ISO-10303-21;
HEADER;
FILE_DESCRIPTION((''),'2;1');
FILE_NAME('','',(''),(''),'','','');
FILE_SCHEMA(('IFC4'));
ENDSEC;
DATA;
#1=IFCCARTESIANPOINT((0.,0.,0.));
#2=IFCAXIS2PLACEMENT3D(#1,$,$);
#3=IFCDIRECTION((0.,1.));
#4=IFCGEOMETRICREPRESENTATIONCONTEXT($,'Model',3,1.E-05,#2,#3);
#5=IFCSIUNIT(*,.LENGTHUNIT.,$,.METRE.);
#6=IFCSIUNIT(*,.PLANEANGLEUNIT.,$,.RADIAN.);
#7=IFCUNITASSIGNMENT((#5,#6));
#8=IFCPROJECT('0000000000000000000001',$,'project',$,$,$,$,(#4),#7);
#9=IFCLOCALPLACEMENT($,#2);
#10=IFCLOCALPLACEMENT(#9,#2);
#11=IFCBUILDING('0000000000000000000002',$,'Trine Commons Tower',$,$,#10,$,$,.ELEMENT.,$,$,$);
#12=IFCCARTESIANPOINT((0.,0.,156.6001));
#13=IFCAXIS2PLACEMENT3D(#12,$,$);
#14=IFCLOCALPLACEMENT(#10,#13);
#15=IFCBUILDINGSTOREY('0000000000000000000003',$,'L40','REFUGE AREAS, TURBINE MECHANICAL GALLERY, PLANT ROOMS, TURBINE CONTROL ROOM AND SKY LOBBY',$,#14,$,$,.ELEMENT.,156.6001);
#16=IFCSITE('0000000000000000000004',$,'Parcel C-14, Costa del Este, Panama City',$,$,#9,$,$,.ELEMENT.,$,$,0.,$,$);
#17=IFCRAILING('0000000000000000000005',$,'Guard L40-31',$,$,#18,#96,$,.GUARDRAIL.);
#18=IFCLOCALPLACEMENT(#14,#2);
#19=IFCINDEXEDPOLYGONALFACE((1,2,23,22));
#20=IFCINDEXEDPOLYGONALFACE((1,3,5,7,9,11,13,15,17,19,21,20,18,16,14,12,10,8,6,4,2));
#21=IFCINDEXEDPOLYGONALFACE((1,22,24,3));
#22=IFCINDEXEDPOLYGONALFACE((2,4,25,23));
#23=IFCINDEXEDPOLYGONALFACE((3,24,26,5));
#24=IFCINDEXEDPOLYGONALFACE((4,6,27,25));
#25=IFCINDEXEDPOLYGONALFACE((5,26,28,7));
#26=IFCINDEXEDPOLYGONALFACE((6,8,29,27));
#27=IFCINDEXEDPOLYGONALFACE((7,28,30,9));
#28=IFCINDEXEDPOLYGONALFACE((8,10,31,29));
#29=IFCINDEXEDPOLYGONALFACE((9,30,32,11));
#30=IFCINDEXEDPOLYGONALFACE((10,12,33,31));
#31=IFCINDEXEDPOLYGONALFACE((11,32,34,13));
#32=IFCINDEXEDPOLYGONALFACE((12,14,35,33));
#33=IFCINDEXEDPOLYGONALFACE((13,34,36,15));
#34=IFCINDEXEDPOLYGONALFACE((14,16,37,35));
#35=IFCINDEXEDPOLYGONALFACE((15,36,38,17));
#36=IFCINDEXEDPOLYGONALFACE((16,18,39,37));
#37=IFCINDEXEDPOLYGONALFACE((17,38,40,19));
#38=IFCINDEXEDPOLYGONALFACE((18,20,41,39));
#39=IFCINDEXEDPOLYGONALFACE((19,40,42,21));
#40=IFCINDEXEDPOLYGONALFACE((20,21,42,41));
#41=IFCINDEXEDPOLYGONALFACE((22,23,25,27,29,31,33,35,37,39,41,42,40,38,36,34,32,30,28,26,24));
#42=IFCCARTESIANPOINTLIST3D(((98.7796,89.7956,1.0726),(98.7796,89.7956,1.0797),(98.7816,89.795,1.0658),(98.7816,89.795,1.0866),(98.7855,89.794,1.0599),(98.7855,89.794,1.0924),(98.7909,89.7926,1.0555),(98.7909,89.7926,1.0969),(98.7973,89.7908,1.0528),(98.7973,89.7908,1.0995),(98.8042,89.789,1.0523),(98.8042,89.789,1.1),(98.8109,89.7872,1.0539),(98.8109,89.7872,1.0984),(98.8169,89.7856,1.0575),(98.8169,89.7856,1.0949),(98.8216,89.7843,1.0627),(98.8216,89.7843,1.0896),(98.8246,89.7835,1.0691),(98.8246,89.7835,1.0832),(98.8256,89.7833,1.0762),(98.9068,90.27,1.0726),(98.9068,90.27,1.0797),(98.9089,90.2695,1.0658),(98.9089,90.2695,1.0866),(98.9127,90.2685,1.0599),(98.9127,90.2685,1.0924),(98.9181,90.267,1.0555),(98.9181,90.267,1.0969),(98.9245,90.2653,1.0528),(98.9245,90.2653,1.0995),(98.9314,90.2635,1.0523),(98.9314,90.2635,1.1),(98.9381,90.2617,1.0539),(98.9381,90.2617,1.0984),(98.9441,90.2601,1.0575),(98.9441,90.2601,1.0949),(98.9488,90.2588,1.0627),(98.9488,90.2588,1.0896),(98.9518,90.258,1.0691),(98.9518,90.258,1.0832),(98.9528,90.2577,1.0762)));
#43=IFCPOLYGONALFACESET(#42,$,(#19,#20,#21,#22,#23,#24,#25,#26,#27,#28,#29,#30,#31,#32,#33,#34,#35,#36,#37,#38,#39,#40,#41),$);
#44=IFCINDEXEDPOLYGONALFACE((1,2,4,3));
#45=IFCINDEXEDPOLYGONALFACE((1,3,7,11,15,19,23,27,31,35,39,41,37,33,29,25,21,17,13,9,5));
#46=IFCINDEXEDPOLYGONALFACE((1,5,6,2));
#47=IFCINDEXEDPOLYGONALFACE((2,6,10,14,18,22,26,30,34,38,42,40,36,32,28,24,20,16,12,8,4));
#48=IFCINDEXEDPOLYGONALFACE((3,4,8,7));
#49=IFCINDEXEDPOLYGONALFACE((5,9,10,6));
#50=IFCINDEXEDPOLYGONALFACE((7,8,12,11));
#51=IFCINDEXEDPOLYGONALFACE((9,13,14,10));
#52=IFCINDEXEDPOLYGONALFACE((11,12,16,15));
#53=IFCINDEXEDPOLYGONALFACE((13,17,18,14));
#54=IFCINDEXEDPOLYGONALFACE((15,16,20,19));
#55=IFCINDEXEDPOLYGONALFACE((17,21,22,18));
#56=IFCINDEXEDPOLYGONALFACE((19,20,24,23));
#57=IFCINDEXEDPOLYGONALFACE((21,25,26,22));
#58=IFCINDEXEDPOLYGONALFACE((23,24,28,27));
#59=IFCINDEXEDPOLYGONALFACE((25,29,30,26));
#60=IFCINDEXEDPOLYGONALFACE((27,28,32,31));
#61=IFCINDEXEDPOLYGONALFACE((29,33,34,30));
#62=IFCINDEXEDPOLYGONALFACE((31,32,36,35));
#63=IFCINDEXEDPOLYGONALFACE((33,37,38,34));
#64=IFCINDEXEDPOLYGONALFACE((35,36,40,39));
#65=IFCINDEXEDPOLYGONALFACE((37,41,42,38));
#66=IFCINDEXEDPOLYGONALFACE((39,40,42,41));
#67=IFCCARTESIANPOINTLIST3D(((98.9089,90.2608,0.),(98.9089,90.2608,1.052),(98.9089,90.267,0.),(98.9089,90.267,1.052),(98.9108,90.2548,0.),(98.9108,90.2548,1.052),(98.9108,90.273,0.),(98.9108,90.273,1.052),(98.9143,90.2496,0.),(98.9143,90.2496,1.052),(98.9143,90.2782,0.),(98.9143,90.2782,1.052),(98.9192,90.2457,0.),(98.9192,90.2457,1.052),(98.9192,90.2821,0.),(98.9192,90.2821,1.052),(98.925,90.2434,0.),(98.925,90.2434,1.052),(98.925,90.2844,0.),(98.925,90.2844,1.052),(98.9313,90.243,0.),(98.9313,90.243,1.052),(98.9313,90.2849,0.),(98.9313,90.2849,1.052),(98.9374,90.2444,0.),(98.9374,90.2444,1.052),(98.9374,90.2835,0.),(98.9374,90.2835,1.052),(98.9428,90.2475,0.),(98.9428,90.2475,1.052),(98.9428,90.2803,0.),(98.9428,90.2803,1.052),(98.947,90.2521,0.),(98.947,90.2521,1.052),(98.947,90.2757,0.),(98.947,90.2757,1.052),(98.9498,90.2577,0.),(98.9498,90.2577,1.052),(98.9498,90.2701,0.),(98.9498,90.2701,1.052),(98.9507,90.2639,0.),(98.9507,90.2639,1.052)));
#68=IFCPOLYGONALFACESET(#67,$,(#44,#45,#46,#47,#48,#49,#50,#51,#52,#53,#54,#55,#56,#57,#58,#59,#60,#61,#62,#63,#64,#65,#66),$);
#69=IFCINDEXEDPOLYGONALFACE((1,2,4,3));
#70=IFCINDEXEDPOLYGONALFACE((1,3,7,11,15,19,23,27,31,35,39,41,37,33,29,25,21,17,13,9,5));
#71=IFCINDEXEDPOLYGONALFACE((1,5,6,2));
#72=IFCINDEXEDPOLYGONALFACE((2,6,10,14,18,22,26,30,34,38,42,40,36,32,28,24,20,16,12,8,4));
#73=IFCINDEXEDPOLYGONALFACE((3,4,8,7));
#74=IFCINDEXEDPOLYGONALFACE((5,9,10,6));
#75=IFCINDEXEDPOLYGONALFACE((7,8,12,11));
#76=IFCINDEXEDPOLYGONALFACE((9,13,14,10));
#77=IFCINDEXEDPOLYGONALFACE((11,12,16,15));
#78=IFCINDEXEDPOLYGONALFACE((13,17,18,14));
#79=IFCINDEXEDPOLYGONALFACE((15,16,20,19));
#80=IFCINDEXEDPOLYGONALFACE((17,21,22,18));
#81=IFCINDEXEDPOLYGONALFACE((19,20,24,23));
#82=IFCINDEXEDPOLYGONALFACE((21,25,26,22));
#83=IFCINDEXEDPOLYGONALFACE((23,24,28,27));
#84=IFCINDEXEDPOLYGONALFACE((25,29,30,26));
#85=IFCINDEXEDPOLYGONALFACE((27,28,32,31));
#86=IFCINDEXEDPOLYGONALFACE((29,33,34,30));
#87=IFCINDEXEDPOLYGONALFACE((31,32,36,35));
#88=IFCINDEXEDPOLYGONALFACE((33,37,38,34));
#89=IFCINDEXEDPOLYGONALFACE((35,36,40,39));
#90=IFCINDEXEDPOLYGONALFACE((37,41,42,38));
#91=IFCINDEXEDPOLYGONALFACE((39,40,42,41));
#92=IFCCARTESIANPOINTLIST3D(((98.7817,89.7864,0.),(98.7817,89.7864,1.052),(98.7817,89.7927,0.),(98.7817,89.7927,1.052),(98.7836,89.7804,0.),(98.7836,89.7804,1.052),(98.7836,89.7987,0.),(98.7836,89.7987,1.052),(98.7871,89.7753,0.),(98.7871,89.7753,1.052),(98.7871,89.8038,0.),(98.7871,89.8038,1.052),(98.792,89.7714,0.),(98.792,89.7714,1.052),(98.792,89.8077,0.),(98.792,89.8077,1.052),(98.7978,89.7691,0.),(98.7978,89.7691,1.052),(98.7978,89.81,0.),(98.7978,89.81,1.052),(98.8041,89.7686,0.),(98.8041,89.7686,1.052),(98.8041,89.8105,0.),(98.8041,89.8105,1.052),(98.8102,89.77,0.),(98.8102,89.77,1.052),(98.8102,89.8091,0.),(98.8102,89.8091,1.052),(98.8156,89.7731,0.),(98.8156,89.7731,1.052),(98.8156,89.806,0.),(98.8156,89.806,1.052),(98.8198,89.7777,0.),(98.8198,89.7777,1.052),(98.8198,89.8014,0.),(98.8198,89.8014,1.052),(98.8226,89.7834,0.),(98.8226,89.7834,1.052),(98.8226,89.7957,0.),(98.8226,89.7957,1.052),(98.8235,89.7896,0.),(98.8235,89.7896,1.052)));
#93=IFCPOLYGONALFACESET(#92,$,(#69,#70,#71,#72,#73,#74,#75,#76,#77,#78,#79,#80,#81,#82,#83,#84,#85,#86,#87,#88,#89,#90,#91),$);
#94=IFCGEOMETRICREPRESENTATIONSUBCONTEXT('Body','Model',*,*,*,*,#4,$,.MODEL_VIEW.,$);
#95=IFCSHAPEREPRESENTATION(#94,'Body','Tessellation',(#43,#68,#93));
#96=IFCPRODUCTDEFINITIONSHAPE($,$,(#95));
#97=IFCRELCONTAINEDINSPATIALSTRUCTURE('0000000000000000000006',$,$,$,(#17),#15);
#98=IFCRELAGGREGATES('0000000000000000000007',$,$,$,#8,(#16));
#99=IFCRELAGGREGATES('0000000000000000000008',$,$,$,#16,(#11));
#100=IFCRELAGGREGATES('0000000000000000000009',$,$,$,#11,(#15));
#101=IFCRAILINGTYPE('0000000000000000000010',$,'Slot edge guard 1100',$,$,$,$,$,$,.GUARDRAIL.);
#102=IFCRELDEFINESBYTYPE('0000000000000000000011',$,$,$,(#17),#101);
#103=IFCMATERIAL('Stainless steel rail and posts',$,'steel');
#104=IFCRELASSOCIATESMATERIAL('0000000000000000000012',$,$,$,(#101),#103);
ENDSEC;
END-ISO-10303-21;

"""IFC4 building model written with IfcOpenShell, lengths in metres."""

from ifc_helpers import new_model, si_unit, direction, frame, origin, origin_2d, place, context, subcontext, project, spatial, circle, extrude, material, type_object, element, save


model = new_model("IFC4")

# Units and contexts
model_context = context("Model", 3, precision=1e-05, world=origin(), true_north=direction((0.0, 1.0)))
body_context = subcontext(model_context, "Body", "Model", "MODEL_VIEW")
ifc_project = project(units=[si_unit("LENGTHUNIT", "METRE"), si_unit("PLANEANGLEUNIT", "RADIAN")], contexts=[model_context])

# Site, building, storey
site_placement = place(None, origin())
site = spatial("IfcSite", under=ifc_project, at=site_placement, Name="Parcel C-14, Costa del Este, Panama City", CompositionType="ELEMENT", RefElevation=0.0)
building_placement = place(site_placement, origin())
building = spatial("IfcBuilding", under=site, at=building_placement, Name="Trine Commons Tower", CompositionType="ELEMENT")
storey_placement = place(building_placement, frame((0.0, 0.0, 156.6001)))
storey = spatial("IfcBuildingStorey", under=building, at=storey_placement, Name="L40", Description="REFUGE AREAS, TURBINE MECHANICAL GALLERY, PLANT ROOMS, TURBINE CONTROL ROOM AND SKY LOBBY", CompositionType="ELEMENT", Elevation=156.6001)

# Railing
ifc_material_1 = material(Name="Stainless steel rail and posts", Category="steel")
railing_type = type_object("IfcRailingType", Name="Slot edge guard 1100", PredefinedType="GUARDRAIL", material=ifc_material_1)
railing_1_placement = place(storey_placement, frame((98.9297, 90.2639, 0.0)))
element("IfcRailing", 1, at=railing_1_placement, inside=storey, type_object=railing_type, Name="Guard L40-31", PredefinedType="GUARDRAIL", context=body_context, shape_type="SweptSolid", body=[
    extrude(circle(Radius=0.0239, at=origin_2d()), frame((0.0, 0.0, 1.0762), z_axis=(-0.258993, -0.965879, 0.0), x_axis=(0.965879, -0.258993, 0.0)), (0.0, 0.0, 1.0), 0.4912),
    extrude(circle(Radius=0.021, at=origin_2d()), origin(), (0.0, 0.0, 1.0), 1.052),
    extrude(circle(Radius=0.021, at=origin_2d()), frame((-0.1272, -0.4744, 0.0)), (0.0, 0.0, 1.0), 1.052),
])

save(model, "model.ifc")
